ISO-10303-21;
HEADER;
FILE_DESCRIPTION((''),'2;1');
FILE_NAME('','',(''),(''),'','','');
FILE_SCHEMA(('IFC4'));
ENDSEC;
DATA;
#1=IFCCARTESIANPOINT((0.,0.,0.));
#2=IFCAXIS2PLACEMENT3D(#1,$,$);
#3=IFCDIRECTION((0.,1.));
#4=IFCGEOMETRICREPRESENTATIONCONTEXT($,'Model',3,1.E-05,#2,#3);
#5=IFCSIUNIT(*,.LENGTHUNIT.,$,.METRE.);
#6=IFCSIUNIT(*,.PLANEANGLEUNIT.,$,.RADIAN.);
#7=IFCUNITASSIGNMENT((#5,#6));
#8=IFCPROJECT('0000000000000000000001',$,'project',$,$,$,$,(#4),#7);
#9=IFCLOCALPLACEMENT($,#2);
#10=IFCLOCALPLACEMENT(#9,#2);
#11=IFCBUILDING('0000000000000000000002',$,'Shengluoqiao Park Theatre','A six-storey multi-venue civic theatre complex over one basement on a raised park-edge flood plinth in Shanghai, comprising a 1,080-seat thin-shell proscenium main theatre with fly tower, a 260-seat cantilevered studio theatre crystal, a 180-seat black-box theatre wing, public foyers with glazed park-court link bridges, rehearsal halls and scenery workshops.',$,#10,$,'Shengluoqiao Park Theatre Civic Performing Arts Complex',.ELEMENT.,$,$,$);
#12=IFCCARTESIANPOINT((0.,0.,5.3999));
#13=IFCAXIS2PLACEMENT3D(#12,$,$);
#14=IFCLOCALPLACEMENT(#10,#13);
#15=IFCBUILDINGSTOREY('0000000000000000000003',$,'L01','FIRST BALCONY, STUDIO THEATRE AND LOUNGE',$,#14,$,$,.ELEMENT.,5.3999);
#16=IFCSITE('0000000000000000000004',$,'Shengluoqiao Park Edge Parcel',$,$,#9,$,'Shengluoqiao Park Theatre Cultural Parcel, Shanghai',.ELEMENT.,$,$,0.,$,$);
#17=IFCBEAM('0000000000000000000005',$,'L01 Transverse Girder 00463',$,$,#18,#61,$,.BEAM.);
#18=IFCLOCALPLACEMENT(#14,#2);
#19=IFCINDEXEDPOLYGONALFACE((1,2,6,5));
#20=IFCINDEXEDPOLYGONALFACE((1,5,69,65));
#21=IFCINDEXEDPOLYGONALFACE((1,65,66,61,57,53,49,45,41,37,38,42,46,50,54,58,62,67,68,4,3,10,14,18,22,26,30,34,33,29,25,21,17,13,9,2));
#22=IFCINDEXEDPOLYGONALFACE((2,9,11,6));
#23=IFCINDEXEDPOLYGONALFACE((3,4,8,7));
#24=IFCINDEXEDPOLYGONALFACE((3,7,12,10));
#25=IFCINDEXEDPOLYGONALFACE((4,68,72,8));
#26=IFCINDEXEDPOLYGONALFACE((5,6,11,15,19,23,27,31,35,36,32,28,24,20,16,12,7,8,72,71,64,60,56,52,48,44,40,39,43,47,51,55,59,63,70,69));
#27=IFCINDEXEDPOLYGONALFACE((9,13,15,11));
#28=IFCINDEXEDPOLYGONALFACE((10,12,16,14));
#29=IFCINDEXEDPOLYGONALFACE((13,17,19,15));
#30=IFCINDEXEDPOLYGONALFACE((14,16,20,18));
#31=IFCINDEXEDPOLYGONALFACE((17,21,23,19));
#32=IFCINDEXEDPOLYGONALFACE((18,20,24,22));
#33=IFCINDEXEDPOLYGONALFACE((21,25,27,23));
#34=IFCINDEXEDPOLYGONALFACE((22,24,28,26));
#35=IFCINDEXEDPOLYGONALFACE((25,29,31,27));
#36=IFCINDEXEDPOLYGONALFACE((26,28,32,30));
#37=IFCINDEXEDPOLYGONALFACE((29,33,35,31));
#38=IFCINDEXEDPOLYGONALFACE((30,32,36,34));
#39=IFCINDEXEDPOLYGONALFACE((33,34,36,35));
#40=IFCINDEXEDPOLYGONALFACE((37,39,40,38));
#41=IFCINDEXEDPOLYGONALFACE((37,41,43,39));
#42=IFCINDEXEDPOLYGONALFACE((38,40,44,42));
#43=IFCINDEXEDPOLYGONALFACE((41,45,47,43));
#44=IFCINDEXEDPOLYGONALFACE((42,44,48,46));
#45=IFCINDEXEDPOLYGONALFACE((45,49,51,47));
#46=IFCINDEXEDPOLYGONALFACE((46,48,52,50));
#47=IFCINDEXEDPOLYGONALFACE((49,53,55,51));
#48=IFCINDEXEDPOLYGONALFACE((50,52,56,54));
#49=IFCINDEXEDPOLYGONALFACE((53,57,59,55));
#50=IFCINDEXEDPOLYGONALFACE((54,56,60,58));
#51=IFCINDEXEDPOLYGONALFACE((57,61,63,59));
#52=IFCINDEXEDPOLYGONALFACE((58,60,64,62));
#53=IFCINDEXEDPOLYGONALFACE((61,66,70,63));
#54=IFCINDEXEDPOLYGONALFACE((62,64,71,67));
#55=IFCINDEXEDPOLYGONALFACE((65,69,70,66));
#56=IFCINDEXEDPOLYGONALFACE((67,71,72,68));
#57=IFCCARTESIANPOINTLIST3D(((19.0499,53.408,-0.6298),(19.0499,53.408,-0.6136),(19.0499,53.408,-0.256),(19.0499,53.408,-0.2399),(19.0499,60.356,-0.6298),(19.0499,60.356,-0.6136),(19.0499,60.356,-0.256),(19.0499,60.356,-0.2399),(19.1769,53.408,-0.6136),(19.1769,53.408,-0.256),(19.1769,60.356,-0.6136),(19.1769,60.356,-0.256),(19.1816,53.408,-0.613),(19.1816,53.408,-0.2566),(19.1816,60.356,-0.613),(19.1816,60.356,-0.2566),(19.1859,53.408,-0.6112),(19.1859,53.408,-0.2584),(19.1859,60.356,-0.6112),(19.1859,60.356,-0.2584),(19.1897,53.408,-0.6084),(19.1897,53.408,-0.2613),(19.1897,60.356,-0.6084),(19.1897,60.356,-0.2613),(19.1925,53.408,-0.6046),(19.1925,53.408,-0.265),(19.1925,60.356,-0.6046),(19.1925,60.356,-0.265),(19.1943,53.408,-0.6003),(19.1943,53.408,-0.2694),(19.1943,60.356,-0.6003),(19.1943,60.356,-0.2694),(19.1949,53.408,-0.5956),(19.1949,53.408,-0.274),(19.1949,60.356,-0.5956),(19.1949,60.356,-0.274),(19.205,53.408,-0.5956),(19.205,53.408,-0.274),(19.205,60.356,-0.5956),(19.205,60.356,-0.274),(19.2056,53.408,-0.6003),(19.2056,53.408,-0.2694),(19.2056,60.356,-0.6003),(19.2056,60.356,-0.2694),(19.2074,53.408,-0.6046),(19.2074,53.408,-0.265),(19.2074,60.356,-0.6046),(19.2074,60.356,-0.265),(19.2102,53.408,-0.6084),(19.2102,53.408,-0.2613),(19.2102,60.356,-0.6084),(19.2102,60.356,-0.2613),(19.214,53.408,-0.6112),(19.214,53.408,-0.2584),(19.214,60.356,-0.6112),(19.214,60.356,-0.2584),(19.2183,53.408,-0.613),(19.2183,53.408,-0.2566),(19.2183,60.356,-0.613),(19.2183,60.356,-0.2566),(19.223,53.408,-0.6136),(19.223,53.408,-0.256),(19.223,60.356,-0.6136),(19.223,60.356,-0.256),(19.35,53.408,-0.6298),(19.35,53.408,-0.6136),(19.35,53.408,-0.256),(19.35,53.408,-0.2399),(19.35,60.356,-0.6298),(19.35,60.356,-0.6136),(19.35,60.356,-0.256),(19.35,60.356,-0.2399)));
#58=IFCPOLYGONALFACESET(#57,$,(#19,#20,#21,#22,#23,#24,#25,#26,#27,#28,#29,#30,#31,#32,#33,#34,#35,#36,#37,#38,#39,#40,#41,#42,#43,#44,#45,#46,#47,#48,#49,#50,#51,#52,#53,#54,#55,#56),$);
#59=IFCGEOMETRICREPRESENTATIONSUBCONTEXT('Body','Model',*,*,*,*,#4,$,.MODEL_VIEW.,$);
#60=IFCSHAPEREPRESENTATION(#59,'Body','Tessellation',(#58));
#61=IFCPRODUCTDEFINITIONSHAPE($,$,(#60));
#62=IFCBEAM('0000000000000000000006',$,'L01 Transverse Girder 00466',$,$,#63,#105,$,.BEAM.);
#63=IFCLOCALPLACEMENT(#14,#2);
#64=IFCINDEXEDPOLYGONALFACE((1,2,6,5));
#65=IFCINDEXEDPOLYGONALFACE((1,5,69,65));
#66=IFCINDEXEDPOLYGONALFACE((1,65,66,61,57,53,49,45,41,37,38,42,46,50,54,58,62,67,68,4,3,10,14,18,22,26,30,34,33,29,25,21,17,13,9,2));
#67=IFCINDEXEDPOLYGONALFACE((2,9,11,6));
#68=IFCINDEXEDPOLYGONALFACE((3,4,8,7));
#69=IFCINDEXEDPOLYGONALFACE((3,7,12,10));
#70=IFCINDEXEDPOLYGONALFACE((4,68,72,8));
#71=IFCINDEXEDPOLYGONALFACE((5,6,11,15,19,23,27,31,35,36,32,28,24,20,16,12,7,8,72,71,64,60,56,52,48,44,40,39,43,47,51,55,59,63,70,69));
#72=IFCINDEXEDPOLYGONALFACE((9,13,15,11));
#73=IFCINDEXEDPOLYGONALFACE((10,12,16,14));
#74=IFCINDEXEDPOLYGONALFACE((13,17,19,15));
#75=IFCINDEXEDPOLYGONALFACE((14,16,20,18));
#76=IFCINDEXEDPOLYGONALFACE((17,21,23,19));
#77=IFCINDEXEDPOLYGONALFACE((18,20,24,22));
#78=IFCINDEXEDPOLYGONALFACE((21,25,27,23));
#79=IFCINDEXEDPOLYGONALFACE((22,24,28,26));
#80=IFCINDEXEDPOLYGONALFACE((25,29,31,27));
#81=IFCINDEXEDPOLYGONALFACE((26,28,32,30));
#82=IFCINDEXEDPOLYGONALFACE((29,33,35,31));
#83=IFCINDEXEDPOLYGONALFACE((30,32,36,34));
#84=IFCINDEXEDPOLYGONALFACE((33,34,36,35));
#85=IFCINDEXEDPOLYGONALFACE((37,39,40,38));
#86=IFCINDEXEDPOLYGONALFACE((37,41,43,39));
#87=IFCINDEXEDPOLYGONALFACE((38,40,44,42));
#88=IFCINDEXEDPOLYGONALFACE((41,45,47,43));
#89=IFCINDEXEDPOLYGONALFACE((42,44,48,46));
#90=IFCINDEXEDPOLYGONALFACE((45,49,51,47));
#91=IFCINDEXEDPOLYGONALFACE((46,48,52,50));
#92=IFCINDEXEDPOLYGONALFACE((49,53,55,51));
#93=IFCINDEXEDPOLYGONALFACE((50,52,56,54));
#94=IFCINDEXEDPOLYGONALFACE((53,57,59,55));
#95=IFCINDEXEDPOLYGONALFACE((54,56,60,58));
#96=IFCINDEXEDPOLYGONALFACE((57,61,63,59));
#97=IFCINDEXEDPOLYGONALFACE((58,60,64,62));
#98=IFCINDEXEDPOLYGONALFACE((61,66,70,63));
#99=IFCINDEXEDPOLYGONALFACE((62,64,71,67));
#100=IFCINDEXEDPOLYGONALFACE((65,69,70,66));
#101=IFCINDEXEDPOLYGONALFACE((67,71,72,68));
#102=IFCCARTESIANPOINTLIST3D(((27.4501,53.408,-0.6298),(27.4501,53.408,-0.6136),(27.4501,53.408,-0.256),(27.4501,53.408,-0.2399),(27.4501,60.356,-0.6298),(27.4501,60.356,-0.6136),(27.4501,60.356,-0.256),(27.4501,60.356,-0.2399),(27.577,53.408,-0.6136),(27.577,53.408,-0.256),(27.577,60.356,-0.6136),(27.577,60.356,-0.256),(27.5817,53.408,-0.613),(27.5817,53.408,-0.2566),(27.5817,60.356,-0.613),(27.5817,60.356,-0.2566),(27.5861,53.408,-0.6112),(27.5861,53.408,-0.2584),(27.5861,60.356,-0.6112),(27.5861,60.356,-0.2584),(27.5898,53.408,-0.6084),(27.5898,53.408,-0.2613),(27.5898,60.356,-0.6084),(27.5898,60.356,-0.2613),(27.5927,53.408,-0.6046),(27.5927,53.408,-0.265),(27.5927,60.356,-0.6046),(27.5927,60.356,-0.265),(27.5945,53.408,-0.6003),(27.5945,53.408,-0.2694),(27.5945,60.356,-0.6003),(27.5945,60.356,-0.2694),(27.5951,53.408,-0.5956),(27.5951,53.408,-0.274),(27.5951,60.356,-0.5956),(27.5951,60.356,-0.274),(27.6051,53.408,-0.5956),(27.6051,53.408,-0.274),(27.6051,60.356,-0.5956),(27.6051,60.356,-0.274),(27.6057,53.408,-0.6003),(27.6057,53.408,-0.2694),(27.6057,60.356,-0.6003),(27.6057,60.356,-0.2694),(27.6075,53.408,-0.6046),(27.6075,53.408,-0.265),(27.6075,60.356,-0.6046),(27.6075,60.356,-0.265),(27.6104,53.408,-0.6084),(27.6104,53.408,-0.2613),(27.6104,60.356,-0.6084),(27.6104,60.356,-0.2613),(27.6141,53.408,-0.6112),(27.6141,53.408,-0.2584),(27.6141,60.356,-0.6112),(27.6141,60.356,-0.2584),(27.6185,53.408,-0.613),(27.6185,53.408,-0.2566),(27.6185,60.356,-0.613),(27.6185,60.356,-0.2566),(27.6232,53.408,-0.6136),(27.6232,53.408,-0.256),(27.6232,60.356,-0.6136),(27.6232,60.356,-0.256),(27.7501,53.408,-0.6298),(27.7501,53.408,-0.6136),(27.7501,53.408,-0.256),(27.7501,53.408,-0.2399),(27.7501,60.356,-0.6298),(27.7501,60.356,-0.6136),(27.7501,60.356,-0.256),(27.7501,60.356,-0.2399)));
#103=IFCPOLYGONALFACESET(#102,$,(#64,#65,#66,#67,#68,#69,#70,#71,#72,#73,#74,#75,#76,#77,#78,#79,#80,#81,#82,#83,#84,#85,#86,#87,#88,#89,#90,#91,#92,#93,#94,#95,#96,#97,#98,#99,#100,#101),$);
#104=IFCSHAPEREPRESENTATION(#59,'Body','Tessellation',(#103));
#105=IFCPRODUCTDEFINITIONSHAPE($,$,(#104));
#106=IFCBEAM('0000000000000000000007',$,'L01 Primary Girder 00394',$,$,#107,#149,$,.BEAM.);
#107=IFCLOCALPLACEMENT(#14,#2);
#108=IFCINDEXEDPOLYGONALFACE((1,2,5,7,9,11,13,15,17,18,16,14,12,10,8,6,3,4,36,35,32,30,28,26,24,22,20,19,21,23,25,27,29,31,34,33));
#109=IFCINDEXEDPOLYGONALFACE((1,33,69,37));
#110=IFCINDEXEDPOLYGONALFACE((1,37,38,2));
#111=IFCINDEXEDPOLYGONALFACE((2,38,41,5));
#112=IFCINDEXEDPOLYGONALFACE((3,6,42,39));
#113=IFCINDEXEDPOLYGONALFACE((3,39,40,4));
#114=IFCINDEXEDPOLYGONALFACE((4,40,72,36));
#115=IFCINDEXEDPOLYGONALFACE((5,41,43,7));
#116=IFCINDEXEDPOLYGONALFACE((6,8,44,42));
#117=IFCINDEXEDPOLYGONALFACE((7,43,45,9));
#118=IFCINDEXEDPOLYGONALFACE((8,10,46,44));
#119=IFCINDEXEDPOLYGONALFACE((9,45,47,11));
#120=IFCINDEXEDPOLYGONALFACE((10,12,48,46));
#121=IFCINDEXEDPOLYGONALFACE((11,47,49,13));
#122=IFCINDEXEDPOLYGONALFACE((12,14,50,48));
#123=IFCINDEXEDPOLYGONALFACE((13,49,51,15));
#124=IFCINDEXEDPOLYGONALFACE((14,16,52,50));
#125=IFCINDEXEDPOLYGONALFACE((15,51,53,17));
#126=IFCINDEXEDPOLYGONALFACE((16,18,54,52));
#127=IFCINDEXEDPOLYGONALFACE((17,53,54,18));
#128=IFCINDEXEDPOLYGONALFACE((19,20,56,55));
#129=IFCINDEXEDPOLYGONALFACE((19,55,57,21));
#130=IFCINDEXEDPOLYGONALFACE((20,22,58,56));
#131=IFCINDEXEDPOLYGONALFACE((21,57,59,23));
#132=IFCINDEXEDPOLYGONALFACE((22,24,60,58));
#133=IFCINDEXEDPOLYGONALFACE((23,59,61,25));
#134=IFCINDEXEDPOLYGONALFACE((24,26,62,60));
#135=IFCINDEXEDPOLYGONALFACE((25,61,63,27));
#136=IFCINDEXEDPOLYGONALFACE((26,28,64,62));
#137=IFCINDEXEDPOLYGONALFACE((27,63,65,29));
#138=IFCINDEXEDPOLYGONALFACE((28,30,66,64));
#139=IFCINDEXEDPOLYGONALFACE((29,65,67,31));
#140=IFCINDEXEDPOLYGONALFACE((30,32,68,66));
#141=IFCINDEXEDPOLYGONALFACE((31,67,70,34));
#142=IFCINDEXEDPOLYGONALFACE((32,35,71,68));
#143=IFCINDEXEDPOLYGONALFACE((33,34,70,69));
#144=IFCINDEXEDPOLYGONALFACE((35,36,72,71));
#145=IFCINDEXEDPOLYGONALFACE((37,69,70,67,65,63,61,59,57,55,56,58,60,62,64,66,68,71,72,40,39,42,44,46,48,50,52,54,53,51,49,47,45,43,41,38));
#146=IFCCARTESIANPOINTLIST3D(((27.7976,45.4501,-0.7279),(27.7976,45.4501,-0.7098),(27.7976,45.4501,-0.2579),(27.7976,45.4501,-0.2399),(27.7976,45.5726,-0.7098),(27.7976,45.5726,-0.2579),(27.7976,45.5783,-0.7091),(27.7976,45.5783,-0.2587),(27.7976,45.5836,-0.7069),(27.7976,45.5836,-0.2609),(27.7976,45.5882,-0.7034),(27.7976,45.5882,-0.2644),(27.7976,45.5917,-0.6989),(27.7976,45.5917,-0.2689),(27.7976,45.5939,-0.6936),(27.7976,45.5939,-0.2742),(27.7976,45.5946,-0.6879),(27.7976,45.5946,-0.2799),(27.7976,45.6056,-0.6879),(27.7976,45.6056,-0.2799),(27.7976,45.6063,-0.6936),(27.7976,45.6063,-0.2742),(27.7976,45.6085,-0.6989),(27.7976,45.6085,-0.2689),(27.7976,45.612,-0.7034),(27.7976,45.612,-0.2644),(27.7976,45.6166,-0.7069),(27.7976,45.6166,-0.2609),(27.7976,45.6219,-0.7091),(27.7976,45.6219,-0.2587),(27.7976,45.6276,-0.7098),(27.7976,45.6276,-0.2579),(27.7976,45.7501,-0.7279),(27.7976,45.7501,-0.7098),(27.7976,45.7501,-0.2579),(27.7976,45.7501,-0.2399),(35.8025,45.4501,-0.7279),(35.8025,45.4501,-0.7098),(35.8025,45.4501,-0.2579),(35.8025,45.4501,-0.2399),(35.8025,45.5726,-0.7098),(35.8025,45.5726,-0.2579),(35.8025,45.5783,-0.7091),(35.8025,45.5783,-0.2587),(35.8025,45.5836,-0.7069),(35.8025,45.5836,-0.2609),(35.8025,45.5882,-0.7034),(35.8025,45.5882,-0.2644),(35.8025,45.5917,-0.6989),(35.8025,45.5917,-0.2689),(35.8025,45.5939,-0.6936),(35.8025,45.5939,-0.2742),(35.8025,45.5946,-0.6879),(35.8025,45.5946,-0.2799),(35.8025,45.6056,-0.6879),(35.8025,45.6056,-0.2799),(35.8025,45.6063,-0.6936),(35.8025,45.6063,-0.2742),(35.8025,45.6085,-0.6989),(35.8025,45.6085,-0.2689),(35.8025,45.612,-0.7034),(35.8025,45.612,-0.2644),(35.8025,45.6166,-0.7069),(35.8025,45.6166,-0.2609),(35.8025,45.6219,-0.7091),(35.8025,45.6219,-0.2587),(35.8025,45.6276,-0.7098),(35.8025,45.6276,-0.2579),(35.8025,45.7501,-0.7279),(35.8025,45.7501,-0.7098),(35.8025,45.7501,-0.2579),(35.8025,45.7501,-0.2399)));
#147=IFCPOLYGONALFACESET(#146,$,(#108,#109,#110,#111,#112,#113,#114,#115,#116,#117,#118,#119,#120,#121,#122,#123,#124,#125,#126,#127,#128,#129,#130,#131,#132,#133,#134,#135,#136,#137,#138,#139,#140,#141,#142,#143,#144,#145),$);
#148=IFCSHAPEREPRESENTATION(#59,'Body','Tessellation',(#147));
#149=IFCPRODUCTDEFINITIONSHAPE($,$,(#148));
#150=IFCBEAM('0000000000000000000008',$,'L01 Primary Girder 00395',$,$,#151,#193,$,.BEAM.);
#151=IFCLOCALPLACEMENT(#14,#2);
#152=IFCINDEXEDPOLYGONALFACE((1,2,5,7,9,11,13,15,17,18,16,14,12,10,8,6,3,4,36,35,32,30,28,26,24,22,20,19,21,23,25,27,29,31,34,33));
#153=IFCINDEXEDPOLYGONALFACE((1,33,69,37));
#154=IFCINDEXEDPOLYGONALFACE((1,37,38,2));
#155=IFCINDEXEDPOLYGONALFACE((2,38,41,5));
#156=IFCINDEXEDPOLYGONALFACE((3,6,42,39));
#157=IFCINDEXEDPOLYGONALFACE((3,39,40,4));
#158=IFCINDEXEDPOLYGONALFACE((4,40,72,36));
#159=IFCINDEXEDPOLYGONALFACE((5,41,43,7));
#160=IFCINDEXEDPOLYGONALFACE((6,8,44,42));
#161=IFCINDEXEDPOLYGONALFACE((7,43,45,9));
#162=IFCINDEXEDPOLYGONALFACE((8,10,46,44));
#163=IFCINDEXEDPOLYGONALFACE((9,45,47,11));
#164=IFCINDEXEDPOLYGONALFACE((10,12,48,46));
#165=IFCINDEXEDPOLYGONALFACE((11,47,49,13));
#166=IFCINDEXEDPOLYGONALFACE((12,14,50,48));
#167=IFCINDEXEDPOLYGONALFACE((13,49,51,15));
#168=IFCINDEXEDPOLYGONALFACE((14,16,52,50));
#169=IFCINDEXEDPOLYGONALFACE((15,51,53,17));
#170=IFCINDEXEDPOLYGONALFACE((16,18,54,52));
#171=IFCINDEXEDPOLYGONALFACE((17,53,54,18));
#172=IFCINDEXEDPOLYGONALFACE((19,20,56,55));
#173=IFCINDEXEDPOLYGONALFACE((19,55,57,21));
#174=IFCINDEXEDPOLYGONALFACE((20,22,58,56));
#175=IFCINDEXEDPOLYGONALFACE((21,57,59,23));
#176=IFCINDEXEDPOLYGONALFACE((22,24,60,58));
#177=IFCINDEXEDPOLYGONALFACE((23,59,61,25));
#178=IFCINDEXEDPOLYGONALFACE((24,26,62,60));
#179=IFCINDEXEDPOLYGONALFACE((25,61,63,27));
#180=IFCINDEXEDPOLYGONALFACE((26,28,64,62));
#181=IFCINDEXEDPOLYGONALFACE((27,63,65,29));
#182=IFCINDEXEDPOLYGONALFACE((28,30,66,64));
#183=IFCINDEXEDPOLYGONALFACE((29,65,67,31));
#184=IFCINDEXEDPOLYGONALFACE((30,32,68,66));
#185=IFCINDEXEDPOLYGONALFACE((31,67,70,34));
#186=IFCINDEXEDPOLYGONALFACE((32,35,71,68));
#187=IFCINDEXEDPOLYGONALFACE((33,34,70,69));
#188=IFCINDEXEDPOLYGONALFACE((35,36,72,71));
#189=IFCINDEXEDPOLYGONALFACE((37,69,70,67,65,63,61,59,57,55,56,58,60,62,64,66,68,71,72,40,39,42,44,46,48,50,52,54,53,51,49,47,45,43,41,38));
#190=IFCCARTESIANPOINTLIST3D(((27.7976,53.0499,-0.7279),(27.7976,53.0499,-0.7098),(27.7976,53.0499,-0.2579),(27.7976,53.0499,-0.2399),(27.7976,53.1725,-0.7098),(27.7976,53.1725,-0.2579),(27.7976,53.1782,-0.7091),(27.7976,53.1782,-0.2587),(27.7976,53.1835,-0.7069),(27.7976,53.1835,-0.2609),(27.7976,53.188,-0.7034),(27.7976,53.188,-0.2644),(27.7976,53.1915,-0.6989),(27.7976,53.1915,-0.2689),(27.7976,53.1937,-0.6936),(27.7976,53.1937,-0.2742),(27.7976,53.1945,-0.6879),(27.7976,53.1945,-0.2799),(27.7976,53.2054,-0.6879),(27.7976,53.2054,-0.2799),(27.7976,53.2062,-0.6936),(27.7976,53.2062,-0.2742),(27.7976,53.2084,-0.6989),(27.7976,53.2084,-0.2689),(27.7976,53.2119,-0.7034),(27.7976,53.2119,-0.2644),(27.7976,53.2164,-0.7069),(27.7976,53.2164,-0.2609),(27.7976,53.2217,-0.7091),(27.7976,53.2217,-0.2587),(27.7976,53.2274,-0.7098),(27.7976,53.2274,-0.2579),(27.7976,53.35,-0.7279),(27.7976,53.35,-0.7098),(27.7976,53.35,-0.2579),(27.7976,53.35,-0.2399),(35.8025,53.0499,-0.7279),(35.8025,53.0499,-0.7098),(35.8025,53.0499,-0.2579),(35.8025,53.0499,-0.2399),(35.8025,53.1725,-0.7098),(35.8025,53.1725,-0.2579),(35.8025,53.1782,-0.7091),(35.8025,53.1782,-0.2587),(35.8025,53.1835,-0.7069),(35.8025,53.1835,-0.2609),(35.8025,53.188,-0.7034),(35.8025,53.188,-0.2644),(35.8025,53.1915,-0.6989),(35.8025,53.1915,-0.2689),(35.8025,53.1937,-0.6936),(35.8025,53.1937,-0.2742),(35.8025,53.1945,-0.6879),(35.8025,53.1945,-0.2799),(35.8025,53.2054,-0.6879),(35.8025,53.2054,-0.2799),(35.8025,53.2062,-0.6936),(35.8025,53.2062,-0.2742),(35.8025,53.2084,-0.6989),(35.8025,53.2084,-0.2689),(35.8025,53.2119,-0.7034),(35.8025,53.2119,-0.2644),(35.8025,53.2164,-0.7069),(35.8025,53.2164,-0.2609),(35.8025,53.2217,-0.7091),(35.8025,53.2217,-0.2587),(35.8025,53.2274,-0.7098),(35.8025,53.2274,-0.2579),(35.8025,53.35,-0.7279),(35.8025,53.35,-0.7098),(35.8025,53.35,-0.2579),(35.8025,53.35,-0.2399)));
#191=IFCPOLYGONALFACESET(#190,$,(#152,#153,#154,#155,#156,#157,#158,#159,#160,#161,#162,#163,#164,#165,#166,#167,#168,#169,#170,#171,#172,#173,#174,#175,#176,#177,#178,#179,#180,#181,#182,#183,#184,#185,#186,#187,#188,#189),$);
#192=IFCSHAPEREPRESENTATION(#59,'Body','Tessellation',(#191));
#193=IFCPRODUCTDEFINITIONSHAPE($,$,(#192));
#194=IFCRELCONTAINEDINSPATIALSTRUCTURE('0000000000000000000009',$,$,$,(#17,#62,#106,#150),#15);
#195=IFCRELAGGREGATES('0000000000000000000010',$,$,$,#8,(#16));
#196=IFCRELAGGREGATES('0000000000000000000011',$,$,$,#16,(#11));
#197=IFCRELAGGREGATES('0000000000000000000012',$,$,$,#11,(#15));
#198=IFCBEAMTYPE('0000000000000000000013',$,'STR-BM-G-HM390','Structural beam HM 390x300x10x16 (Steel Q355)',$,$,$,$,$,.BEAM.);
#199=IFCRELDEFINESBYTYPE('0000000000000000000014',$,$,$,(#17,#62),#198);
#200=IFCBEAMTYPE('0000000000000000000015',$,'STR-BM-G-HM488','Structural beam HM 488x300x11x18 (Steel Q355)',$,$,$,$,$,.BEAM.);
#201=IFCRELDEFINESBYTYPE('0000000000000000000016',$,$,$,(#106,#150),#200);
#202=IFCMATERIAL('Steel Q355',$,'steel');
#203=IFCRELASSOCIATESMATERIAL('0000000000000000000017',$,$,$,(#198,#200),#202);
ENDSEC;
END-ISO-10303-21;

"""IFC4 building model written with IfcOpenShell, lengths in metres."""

from ifc_helpers import new_model, si_unit, direction, frame, origin, origin_2d, place, context, subcontext, project, spatial, i_section, extrude, material, material_profile, profile_set, type_object, element, save


model = new_model("IFC4")

# Units and contexts
model_context = context("Model", 3, precision=1e-05, world=origin(), true_north=direction((0.0, 1.0)))
body_context = subcontext(model_context, "Body", "Model", "MODEL_VIEW")
ifc_project = project(units=[si_unit("LENGTHUNIT", "METRE"), si_unit("PLANEANGLEUNIT", "RADIAN")], contexts=[model_context])

# Site, building, storey
site_placement = place(None, origin())
site = spatial("IfcSite", under=ifc_project, at=site_placement, Name="Shengluoqiao Park Edge Parcel", LongName="Shengluoqiao Park Theatre Cultural Parcel, Shanghai", CompositionType="ELEMENT", RefElevation=0.0)
building_placement = place(site_placement, origin())
building = spatial("IfcBuilding", under=site, at=building_placement, Name="Shengluoqiao Park Theatre", Description="A six-storey multi-venue civic theatre complex over one basement on a raised park-edge flood plinth in Shanghai, comprising a 1,080-seat thin-shell proscenium main theatre with fly tower, a 260-seat cantilevered studio theatre crystal, a 180-seat black-box theatre wing, public foyers with glazed park-court link bridges, rehearsal halls and scenery workshops.", LongName="Shengluoqiao Park Theatre Civic Performing Arts Complex", CompositionType="ELEMENT")
storey_placement = place(building_placement, frame((0.0, 0.0, 5.3999)))
storey = spatial("IfcBuildingStorey", under=building, at=storey_placement, Name="L01", Description="FIRST BALCONY, STUDIO THEATRE AND LOUNGE", CompositionType="ELEMENT", Elevation=5.3999)

# Shared definitions
ifc_material_1 = material(Name="Steel Q355", Category="steel")

# Beams
ifc_material_profile_1 = material_profile(ifc_material_1, i_section(OverallWidth=0.3, OverallDepth=0.3899, WebThickness=0.01, FlangeThickness=0.0161, FilletRadius=0.0181, at=origin_2d()), Name="HM 390x300x10x16")
ifc_profile_set_1 = profile_set([ifc_material_profile_1], Name="Steel Q355")
beam_type_1 = type_object("IfcBeamType", Name="STR-BM-G-HM390", Description="Structural beam HM 390x300x10x16 (Steel Q355)", PredefinedType="BEAM", material=ifc_profile_set_1)
for number, where, z_axis, x_axis, name in (
    (1, (19.2, 53.408, -0.4348), (0.0, 1.0, 0.0), (-1.0, 0.0, 0.0), "L01 Transverse Girder 00463"),
    (2, (27.6001, 53.408, -0.4348), (0.0, 1.0, 0.0), (-1.0, 0.0, 0.0), "L01 Transverse Girder 00466"),
):
    element("IfcBeam", number, at=place(storey_placement, frame(where, z_axis=z_axis, x_axis=x_axis)), inside=storey, type_object=beam_type_1, Name=name, PredefinedType="BEAM", context=body_context, shape_type="SweptSolid", body=[
        extrude(i_section(OverallWidth=0.3, OverallDepth=0.3899, WebThickness=0.01, FlangeThickness=0.0161, FilletRadius=0.0181, at=origin_2d()), origin(), (0.0, 0.0, 1.0), 6.948),
    ])
ifc_material_profile_2 = material_profile(ifc_material_1, i_section(OverallWidth=0.3, OverallDepth=0.488, WebThickness=0.011, FlangeThickness=0.0181, FilletRadius=0.022, at=origin_2d()), Name="HM 488x300x11x18")
ifc_profile_set_2 = profile_set([ifc_material_profile_2], Name="Steel Q355")
beam_type_2 = type_object("IfcBeamType", Name="STR-BM-G-HM488", Description="Structural beam HM 488x300x11x18 (Steel Q355)", PredefinedType="BEAM", material=ifc_profile_set_2)
for number, where, z_axis, x_axis, name in (
    (3, (27.7976, 45.6001, -0.4839), (1.0, 0.0, 0.0), (0.0, 1.0, 0.0), "L01 Primary Girder 00394"),
    (4, (27.7976, 53.2, -0.4839), (1.0, 0.0, 0.0), (0.0, 1.0, 0.0), "L01 Primary Girder 00395"),
):
    element("IfcBeam", number, at=place(storey_placement, frame(where, z_axis=z_axis, x_axis=x_axis)), inside=storey, type_object=beam_type_2, Name=name, PredefinedType="BEAM", context=body_context, shape_type="SweptSolid", body=[
        extrude(i_section(OverallWidth=0.3, OverallDepth=0.488, WebThickness=0.011, FlangeThickness=0.0181, FilletRadius=0.022, at=origin_2d()), origin(), (0.0, 0.0, 1.0), 8.0049),
    ])

save(model, "model.ifc")
